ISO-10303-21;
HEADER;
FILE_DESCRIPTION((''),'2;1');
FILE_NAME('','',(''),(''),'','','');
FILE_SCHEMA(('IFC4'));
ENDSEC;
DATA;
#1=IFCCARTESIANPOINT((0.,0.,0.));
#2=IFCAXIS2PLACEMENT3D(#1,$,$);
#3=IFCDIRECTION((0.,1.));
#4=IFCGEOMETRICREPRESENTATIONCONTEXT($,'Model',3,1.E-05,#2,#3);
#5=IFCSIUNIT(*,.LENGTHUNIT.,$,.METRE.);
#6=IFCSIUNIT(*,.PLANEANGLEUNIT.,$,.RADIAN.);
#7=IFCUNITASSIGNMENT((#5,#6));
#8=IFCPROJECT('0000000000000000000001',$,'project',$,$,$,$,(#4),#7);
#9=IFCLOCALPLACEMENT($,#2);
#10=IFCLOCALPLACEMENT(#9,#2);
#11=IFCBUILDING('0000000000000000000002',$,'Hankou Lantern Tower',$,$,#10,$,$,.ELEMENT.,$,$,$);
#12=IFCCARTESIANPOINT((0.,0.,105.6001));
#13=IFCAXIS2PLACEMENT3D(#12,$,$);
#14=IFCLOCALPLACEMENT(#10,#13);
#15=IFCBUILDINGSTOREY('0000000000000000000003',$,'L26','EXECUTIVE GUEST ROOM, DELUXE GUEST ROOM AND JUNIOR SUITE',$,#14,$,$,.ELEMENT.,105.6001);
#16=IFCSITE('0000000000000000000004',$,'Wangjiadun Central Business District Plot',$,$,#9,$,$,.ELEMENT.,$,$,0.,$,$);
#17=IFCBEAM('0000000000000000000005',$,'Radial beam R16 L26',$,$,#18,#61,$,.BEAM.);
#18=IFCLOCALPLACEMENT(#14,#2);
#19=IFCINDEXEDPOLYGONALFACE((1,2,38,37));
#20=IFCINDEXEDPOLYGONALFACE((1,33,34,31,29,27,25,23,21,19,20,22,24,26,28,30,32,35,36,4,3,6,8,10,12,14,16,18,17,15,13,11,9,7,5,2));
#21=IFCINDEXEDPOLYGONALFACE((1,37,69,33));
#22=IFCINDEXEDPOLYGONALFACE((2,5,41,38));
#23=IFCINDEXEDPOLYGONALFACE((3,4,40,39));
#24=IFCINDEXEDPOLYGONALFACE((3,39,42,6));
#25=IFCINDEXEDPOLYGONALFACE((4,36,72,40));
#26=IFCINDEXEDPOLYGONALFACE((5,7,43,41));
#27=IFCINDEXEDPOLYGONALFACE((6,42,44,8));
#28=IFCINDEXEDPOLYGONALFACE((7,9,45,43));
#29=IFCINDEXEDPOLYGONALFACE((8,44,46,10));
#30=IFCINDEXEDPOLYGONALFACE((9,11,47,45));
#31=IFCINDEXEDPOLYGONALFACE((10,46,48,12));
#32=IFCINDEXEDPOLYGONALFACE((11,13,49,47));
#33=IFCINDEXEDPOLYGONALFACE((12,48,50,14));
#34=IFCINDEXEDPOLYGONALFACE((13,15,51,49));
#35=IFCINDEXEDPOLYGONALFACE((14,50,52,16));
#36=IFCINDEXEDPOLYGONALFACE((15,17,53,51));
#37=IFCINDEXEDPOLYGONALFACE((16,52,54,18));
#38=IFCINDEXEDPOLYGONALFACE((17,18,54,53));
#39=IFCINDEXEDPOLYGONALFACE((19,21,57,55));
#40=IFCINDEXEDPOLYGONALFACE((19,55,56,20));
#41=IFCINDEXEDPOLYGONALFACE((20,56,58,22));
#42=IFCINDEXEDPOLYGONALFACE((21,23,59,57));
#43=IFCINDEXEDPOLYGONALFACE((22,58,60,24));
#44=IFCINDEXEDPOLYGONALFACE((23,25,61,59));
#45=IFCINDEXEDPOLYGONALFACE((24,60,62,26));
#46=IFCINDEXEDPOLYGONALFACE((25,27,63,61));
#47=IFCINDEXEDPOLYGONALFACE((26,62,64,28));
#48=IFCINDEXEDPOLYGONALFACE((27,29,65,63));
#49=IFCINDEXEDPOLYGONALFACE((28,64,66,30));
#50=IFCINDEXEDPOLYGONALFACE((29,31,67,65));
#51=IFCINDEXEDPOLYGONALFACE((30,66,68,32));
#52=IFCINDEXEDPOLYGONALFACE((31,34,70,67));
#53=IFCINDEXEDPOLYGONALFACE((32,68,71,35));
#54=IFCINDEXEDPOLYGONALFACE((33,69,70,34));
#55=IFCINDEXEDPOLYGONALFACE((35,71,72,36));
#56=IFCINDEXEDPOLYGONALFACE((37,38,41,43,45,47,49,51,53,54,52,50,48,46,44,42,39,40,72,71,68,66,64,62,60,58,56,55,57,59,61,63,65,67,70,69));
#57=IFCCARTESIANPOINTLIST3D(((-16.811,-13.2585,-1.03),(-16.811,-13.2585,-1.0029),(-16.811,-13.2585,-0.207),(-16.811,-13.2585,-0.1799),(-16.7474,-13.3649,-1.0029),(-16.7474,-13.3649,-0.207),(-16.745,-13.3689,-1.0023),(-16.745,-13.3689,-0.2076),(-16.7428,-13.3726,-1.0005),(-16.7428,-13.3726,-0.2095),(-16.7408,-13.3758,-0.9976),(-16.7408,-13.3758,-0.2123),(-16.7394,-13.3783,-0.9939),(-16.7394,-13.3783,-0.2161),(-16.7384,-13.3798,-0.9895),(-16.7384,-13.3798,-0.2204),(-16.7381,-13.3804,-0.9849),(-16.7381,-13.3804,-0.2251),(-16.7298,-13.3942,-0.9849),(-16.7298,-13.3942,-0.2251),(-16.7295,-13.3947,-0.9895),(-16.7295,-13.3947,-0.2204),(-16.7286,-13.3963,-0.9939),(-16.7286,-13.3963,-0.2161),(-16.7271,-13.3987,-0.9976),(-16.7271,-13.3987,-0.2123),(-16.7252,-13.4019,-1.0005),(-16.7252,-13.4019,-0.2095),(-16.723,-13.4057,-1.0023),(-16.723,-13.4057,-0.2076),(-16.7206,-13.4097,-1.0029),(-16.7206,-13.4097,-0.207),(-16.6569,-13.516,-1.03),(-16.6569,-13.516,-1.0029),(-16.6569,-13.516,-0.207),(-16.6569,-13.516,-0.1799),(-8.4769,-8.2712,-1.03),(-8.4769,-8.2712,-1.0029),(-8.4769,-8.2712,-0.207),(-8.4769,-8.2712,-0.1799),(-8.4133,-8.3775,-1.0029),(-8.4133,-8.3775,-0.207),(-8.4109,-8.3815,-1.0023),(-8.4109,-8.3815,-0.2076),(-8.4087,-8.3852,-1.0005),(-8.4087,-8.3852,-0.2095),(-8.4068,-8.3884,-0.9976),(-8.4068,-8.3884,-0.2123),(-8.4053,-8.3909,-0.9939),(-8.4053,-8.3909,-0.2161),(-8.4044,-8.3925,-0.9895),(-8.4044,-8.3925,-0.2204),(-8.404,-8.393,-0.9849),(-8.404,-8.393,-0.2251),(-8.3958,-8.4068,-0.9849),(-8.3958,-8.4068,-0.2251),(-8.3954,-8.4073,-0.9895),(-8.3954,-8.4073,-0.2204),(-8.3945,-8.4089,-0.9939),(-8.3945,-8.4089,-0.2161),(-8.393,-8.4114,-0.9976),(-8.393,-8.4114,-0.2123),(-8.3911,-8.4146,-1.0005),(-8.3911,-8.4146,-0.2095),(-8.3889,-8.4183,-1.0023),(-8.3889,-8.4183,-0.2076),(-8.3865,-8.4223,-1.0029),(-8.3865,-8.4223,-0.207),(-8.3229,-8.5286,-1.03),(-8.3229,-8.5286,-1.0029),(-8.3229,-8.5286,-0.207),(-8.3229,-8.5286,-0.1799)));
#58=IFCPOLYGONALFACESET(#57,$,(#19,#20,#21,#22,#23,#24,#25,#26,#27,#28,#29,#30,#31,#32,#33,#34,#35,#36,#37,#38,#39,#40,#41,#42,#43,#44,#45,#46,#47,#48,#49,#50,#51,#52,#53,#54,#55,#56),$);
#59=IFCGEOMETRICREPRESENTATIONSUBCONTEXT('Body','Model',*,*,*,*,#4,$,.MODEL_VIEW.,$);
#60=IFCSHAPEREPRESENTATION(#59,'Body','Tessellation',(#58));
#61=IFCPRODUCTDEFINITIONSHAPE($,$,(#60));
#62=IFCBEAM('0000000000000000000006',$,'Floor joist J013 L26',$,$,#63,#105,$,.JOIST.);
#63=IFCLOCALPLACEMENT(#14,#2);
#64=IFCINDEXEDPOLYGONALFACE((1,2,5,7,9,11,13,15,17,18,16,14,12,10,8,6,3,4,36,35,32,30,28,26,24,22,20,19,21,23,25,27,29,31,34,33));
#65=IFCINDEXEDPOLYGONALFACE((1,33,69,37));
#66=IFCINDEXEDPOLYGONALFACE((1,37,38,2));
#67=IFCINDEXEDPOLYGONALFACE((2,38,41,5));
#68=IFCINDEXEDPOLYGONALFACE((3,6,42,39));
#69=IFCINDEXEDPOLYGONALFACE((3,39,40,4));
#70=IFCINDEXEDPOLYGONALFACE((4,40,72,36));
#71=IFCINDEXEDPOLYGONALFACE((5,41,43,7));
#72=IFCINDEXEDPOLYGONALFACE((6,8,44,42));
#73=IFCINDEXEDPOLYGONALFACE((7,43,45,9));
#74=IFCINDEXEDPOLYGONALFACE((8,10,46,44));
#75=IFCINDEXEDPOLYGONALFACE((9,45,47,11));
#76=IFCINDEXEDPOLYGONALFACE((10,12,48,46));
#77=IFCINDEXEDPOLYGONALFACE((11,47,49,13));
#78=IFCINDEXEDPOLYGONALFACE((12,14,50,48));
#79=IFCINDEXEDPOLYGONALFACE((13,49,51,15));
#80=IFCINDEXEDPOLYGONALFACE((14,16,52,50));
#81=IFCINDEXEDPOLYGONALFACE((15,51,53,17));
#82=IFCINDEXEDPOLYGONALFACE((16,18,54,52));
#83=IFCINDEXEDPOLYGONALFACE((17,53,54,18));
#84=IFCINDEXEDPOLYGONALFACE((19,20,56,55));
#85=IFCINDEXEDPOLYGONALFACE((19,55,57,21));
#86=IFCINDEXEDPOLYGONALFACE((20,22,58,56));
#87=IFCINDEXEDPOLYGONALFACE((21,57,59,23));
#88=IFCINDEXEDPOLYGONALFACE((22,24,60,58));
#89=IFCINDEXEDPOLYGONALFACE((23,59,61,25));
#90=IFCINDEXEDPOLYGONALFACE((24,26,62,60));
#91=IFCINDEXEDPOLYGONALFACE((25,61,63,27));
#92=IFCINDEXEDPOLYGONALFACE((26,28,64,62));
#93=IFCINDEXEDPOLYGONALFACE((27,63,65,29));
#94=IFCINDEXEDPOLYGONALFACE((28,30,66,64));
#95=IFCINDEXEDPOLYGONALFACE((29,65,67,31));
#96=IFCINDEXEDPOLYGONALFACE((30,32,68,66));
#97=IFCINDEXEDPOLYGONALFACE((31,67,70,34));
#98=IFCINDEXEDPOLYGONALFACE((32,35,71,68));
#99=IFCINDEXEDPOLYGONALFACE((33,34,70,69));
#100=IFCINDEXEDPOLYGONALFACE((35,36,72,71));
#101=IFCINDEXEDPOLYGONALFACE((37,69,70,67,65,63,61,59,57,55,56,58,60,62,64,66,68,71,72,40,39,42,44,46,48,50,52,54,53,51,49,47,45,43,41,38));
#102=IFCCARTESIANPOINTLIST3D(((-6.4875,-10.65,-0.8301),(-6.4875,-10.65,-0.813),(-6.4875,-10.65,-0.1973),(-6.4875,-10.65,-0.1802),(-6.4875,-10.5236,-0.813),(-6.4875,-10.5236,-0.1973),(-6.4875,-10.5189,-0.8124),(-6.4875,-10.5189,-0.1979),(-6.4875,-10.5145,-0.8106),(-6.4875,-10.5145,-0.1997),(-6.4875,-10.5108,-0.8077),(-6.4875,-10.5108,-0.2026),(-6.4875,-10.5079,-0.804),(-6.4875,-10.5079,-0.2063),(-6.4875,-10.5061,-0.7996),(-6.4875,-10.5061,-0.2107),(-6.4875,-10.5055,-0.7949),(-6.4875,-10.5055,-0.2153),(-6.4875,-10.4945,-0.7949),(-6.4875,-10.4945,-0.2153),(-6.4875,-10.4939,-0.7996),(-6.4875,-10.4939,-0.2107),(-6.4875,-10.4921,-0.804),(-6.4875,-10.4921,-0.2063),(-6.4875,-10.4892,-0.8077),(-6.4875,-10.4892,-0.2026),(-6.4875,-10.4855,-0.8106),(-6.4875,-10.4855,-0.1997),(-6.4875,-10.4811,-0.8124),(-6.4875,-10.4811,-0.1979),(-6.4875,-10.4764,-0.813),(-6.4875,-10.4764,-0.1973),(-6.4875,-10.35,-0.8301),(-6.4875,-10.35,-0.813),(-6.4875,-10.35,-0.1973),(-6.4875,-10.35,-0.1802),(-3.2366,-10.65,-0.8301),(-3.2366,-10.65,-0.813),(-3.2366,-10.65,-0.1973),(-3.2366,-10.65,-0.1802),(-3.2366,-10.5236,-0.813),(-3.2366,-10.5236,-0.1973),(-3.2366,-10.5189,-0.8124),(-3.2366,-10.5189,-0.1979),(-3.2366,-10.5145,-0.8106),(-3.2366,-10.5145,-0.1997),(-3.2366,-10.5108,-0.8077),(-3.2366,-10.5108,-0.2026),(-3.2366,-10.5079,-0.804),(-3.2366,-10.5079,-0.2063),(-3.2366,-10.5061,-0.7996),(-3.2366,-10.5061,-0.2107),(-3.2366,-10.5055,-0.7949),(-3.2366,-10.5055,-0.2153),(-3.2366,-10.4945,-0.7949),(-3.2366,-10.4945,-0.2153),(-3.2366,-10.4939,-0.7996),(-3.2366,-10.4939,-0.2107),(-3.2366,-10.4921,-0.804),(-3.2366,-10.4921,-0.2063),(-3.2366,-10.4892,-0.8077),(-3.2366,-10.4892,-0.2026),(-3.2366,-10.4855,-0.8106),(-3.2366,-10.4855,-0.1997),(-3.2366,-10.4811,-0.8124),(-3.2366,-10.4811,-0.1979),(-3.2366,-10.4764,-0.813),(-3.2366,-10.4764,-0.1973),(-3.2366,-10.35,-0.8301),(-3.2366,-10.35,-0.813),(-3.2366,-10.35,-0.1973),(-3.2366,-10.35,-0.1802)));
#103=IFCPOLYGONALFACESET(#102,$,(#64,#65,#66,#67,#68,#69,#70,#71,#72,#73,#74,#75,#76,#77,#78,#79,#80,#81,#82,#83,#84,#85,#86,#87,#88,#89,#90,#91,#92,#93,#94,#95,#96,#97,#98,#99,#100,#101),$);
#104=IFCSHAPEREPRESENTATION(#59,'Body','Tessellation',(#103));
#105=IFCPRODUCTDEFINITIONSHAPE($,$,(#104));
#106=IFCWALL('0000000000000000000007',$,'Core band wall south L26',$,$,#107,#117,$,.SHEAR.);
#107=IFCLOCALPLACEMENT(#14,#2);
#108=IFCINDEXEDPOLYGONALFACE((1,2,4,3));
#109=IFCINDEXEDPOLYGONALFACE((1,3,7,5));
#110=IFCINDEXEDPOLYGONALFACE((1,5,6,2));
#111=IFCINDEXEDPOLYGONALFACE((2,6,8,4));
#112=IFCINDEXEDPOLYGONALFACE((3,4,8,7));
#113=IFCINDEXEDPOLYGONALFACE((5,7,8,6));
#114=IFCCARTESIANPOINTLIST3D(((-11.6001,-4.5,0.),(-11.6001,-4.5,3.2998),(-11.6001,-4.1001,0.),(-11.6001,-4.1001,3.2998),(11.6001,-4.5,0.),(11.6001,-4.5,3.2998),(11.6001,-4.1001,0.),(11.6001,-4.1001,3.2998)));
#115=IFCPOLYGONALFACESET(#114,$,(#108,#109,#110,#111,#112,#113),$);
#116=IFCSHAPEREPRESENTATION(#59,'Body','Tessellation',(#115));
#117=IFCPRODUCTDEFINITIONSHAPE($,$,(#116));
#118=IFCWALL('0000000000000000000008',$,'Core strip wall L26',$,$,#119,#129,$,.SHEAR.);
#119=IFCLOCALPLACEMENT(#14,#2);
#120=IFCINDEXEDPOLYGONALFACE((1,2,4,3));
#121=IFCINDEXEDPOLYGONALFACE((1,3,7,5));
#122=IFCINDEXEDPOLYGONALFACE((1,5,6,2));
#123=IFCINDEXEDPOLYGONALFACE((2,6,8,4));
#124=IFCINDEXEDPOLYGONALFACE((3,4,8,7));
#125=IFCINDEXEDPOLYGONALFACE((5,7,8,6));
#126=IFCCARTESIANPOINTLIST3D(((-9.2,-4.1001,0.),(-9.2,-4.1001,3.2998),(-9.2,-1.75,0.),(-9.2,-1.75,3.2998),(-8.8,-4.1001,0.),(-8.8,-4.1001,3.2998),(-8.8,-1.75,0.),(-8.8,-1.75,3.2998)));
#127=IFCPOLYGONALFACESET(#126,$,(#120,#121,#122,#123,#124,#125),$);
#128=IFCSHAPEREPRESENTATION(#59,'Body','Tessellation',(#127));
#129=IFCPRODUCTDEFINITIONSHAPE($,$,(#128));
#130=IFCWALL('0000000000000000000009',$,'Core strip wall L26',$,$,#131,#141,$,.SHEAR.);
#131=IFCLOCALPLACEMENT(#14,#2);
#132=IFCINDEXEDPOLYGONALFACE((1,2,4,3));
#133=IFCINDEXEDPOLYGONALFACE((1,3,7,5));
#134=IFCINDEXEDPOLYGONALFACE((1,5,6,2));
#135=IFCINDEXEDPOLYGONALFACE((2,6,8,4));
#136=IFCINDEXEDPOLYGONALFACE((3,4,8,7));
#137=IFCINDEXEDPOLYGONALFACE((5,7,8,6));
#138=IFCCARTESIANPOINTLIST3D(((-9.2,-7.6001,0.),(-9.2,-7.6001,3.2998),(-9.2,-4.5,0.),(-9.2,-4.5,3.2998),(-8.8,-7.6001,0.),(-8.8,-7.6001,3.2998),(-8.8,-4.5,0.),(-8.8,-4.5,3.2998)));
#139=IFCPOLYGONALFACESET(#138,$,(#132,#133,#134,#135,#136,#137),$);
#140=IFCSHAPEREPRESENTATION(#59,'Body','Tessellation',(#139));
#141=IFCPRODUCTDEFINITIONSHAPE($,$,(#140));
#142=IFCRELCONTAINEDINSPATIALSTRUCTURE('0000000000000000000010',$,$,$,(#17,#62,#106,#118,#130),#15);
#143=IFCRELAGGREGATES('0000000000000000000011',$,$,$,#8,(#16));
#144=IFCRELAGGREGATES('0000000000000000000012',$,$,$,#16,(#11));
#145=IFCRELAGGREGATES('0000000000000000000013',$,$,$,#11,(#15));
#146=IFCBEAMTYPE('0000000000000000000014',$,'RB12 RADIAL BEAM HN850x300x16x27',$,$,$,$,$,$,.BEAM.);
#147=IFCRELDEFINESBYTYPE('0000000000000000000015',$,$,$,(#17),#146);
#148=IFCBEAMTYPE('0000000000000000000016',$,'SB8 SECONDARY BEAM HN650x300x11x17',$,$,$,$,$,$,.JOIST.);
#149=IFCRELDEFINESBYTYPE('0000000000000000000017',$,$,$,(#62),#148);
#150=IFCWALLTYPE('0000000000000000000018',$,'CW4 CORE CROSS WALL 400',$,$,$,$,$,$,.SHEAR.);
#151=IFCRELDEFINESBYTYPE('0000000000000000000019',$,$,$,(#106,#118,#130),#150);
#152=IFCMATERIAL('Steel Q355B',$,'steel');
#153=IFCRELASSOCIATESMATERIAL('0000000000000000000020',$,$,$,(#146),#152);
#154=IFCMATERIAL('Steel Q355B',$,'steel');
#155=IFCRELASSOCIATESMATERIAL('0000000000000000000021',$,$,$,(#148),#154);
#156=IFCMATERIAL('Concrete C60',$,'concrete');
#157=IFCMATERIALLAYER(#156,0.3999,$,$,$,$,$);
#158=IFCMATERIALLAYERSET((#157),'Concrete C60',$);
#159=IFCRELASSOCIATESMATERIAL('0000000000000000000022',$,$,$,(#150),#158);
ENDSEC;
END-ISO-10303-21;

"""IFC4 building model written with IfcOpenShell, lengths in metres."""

from ifc_helpers import new_model, si_unit, direction, frame, frame_2d, origin, origin_2d, place, context, subcontext, project, spatial, rectangle, i_section, extrude, material, layer, layer_set, material_profile, profile_set, type_object, element, save


model = new_model("IFC4")

# Units and contexts
model_context = context("Model", 3, precision=1e-05, world=origin(), true_north=direction((0.0, 1.0)))
body_context = subcontext(model_context, "Body", "Model", "MODEL_VIEW")
ifc_project = project(units=[si_unit("LENGTHUNIT", "METRE"), si_unit("PLANEANGLEUNIT", "RADIAN")], contexts=[model_context])

# Site, building, storey
site_placement = place(None, origin())
site = spatial("IfcSite", under=ifc_project, at=site_placement, Name="Wangjiadun Central Business District Plot", CompositionType="ELEMENT", RefElevation=0.0)
building_placement = place(site_placement, origin())
building = spatial("IfcBuilding", under=site, at=building_placement, Name="Hankou Lantern Tower", CompositionType="ELEMENT")
storey_placement = place(building_placement, frame((0.0, 0.0, 105.6001)))
storey = spatial("IfcBuildingStorey", under=building, at=storey_placement, Name="L26", Description="EXECUTIVE GUEST ROOM, DELUXE GUEST ROOM AND JUNIOR SUITE", CompositionType="ELEMENT", Elevation=105.6001)

# Beams
ifc_material_1 = material(Name="Steel Q355B", Category="steel")
ifc_material_profile_1 = material_profile(ifc_material_1, i_section(OverallWidth=0.3, OverallDepth=0.8501, WebThickness=0.0161, FlangeThickness=0.0271, FilletRadius=0.0181, at=origin_2d()), Name="HN850x300x16x27")
ifc_profile_set_1 = profile_set([ifc_material_profile_1], Name="Steel Q355B")
beam_type_1 = type_object("IfcBeamType", Name="RB12 RADIAL BEAM HN850x300x16x27", PredefinedType="BEAM", material=ifc_profile_set_1)
beam_1_placement = place(storey_placement, frame((-8.3999, -8.3999, -0.605), z_axis=(-0.858087, -0.513505, 0.0), x_axis=(0.513505, -0.858087, 0.0)))
element("IfcBeam", 1, at=beam_1_placement, inside=storey, type_object=beam_type_1, Name="Radial beam R16 L26", PredefinedType="BEAM", context=body_context, shape_type="SweptSolid", body=[
    extrude(i_section(OverallWidth=0.3, OverallDepth=0.8501, WebThickness=0.0161, FlangeThickness=0.0271, FilletRadius=0.0181, at=origin_2d()), origin(), (0.0, 0.0, 1.0), 9.7124),
])
ifc_material_2 = material(Name="Steel Q355B", Category="steel")
ifc_material_profile_2 = material_profile(ifc_material_2, i_section(OverallWidth=0.3, OverallDepth=0.6499, WebThickness=0.011, FlangeThickness=0.0171, FilletRadius=0.0181, at=origin_2d()), Name="HN650x300x11x17")
ifc_profile_set_2 = profile_set([ifc_material_profile_2], Name="Steel Q355B")
beam_type_2 = type_object("IfcBeamType", Name="SB8 SECONDARY BEAM HN650x300x11x17", PredefinedType="JOIST", material=ifc_profile_set_2)
beam_2_placement = place(storey_placement, frame((-6.4875, -10.5, -0.5051), z_axis=(1.0, 0.0, 0.0), x_axis=(0.0, 1.0, 0.0)))
element("IfcBeam", 2, at=beam_2_placement, inside=storey, type_object=beam_type_2, Name="Floor joist J013 L26", PredefinedType="JOIST", context=body_context, shape_type="SweptSolid", body=[
    extrude(i_section(OverallWidth=0.3, OverallDepth=0.6499, WebThickness=0.011, FlangeThickness=0.0171, FilletRadius=0.0181, at=origin_2d()), origin(), (0.0, 0.0, 1.0), 3.251),
])

# Walls
ifc_material_3 = material(Name="Concrete C60", Category="concrete")
ifc_layer_1 = layer(ifc_material_3, 0.3999)
ifc_layer_set_1 = layer_set([ifc_layer_1], Name="Concrete C60")
wall_type_1 = type_object("IfcWallType", Name="CW4 CORE CROSS WALL 400", PredefinedType="SHEAR", material=ifc_layer_set_1)
wall_1_placement = place(storey_placement, frame((-11.6001, -4.3, 0.0), z_axis=(0.0, 0.0, 1.0), x_axis=(1.0, 0.0, 0.0)))
element("IfcWall", 3, at=wall_1_placement, inside=storey, type_object=wall_type_1, Name="Core band wall south L26", PredefinedType="SHEAR", context=body_context, shape_type="SweptSolid", body=[
    extrude(rectangle(XDim=23.2002, YDim=0.3999, at=frame_2d((11.6001, 0.0))), origin(), (0.0, 0.0, 1.0), 3.2998),
])
wall_2_placement = place(storey_placement, frame((-9.0, -4.1001, 0.0), z_axis=(0.0, 0.0, 1.0), x_axis=(0.0, 1.0, 0.0)))
element("IfcWall", 4, at=wall_2_placement, inside=storey, type_object=wall_type_1, Name="Core strip wall L26", PredefinedType="SHEAR", context=body_context, shape_type="SweptSolid", body=[
    extrude(rectangle(XDim=2.3501, YDim=0.3999, at=frame_2d((1.175, 0.0))), origin(), (0.0, 0.0, 1.0), 3.2998),
])
wall_3_placement = place(storey_placement, frame((-9.0, -7.6001, 0.0), z_axis=(0.0, 0.0, 1.0), x_axis=(0.0, 1.0, 0.0)))
element("IfcWall", 5, at=wall_3_placement, inside=storey, type_object=wall_type_1, Name="Core strip wall L26", PredefinedType="SHEAR", context=body_context, shape_type="SweptSolid", body=[
    extrude(rectangle(XDim=3.1001, YDim=0.3999, at=frame_2d((1.55, 0.0))), origin(), (0.0, 0.0, 1.0), 3.2998),
])

save(model, "model.ifc")
